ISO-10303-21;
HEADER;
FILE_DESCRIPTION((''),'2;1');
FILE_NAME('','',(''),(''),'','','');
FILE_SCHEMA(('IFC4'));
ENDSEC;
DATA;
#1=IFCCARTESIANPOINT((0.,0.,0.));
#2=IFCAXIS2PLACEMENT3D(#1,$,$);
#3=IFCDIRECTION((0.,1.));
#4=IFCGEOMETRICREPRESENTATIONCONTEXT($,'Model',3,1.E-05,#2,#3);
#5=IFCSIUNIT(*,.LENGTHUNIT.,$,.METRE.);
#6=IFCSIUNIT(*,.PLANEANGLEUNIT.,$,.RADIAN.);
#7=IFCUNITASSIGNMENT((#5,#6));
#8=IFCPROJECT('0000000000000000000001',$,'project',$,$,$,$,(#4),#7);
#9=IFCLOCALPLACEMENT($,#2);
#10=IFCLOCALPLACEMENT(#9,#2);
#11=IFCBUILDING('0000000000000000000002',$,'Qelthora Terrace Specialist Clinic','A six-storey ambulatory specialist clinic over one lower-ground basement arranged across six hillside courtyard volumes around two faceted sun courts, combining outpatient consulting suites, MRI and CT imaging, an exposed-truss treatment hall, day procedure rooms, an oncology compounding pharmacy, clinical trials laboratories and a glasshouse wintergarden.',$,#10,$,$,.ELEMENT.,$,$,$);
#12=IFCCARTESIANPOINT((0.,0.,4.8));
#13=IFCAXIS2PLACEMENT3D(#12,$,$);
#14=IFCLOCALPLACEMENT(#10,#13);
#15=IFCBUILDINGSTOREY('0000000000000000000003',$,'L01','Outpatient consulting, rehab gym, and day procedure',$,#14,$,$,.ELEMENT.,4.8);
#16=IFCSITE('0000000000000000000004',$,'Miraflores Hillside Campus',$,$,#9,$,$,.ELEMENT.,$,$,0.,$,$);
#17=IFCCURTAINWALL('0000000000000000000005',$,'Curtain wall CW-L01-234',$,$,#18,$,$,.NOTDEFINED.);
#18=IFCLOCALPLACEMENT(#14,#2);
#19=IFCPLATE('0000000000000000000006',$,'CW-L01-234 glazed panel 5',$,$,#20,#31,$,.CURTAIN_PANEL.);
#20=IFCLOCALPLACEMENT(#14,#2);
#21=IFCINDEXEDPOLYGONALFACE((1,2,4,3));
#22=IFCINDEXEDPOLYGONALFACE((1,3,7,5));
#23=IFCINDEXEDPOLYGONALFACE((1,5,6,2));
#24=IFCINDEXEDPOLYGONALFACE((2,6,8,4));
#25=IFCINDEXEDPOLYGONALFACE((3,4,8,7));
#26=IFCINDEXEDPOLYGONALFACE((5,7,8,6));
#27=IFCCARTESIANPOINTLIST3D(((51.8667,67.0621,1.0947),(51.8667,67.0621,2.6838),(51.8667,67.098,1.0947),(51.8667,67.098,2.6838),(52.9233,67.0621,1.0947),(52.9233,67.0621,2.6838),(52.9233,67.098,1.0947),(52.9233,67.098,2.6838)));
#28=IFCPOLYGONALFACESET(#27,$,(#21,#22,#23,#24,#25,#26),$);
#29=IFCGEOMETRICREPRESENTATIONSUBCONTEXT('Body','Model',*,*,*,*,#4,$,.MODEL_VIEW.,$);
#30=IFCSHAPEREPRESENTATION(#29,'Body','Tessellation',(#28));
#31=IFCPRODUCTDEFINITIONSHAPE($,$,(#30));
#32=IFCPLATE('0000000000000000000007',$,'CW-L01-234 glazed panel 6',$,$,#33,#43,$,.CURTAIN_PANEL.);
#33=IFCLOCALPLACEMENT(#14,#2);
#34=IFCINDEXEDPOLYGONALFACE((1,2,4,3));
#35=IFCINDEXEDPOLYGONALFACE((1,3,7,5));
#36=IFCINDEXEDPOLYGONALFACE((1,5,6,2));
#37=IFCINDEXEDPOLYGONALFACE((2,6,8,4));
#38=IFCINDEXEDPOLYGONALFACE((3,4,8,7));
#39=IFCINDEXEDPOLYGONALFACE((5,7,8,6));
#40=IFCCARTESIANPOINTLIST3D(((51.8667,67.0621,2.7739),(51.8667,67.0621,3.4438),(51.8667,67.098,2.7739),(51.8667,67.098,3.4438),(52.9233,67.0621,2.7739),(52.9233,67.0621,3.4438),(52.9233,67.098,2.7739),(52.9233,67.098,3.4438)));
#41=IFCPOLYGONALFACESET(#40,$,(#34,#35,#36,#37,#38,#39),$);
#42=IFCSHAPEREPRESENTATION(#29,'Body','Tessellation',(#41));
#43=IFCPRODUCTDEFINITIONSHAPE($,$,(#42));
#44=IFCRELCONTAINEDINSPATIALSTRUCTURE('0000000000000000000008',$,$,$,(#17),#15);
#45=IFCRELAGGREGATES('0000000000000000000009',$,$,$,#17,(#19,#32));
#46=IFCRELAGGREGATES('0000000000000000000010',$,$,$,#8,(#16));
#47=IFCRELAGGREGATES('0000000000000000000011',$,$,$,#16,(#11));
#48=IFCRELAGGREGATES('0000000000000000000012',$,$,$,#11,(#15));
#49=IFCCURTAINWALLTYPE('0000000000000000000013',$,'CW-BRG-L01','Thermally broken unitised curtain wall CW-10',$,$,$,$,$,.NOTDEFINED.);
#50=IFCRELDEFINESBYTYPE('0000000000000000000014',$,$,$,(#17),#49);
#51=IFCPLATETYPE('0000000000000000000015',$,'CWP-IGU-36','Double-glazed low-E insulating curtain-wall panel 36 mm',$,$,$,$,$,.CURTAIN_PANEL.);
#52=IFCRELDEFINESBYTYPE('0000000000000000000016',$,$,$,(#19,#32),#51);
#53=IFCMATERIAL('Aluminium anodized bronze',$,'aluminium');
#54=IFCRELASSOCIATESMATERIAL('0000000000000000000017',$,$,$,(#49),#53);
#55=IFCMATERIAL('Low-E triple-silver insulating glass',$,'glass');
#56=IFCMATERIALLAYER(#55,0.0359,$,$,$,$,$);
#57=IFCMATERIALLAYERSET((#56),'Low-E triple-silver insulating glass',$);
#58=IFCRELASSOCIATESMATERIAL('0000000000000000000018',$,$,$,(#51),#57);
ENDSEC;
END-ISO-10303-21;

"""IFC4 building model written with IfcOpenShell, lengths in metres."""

from ifc_helpers import new_model, si_unit, direction, frame, origin, origin_2d, place, context, subcontext, project, spatial, rectangle, extrude, material, layer, layer_set, type_object, element, aggregate, save


model = new_model("IFC4")

# Units and contexts
model_context = context("Model", 3, precision=1e-05, world=origin(), true_north=direction((0.0, 1.0)))
body_context = subcontext(model_context, "Body", "Model", "MODEL_VIEW")
ifc_project = project(units=[si_unit("LENGTHUNIT", "METRE"), si_unit("PLANEANGLEUNIT", "RADIAN")], contexts=[model_context])

# Site, building, storey
site_placement = place(None, origin())
site = spatial("IfcSite", under=ifc_project, at=site_placement, Name="Miraflores Hillside Campus", CompositionType="ELEMENT", RefElevation=0.0)
building_placement = place(site_placement, origin())
building = spatial("IfcBuilding", under=site, at=building_placement, Name="Qelthora Terrace Specialist Clinic", Description="A six-storey ambulatory specialist clinic over one lower-ground basement arranged across six hillside courtyard volumes around two faceted sun courts, combining outpatient consulting suites, MRI and CT imaging, an exposed-truss treatment hall, day procedure rooms, an oncology compounding pharmacy, clinical trials laboratories and a glasshouse wintergarden.", CompositionType="ELEMENT")
storey_placement = place(building_placement, frame((0.0, 0.0, 4.8)))
storey = spatial("IfcBuildingStorey", under=building, at=storey_placement, Name="L01", Description="Outpatient consulting, rehab gym, and day procedure", CompositionType="ELEMENT", Elevation=4.8)

# Curtain wall
ifc_material_1 = material(Name="Aluminium anodized bronze", Category="aluminium")
curtain_wall_type = type_object("IfcCurtainWallType", Name="CW-BRG-L01", Description="Thermally broken unitised curtain wall CW-10", PredefinedType="NOTDEFINED", material=ifc_material_1)
curtain_wall_1_placement = place(storey_placement, origin())
curtain_wall_1 = element("IfcCurtainWall", 1, at=curtain_wall_1_placement, inside=storey, type_object=curtain_wall_type, Name="Curtain wall CW-L01-234", PredefinedType="NOTDEFINED")

# Plates
ifc_material_2 = material(Name="Low-E triple-silver insulating glass", Category="glass")
ifc_layer = layer(ifc_material_2, 0.0359)
ifc_layer_set = layer_set([ifc_layer], Name="Low-E triple-silver insulating glass")
plate_type = type_object("IfcPlateType", Name="CWP-IGU-36", Description="Double-glazed low-E insulating curtain-wall panel 36 mm", PredefinedType="CURTAIN_PANEL", material=ifc_layer_set)
plate_1_placement = place(storey_placement, frame((52.395, 67.0801, 1.0947), z_axis=(0.0, 0.0, 1.0), x_axis=(1.0, 0.0, 0.0)))
plate_1 = element("IfcPlate", 2, at=plate_1_placement, type_object=plate_type, Name="CW-L01-234 glazed panel 5", PredefinedType="CURTAIN_PANEL", context=body_context, shape_type="SweptSolid", body=[
    extrude(rectangle(XDim=1.0566, YDim=0.0359, at=origin_2d()), origin(), (0.0, 0.0, 1.0), 1.5891),
])
plate_2_placement = place(storey_placement, frame((52.395, 67.0801, 2.7739), z_axis=(0.0, 0.0, 1.0), x_axis=(1.0, 0.0, 0.0)))
plate_2 = element("IfcPlate", 3, at=plate_2_placement, type_object=plate_type, Name="CW-L01-234 glazed panel 6", PredefinedType="CURTAIN_PANEL", context=body_context, shape_type="SweptSolid", body=[
    extrude(rectangle(XDim=1.0566, YDim=0.0359, at=origin_2d()), origin(), (0.0, 0.0, 1.0), 0.6699),
])
aggregate(curtain_wall_1, [plate_1, plate_2])

save(model, "model.ifc")
